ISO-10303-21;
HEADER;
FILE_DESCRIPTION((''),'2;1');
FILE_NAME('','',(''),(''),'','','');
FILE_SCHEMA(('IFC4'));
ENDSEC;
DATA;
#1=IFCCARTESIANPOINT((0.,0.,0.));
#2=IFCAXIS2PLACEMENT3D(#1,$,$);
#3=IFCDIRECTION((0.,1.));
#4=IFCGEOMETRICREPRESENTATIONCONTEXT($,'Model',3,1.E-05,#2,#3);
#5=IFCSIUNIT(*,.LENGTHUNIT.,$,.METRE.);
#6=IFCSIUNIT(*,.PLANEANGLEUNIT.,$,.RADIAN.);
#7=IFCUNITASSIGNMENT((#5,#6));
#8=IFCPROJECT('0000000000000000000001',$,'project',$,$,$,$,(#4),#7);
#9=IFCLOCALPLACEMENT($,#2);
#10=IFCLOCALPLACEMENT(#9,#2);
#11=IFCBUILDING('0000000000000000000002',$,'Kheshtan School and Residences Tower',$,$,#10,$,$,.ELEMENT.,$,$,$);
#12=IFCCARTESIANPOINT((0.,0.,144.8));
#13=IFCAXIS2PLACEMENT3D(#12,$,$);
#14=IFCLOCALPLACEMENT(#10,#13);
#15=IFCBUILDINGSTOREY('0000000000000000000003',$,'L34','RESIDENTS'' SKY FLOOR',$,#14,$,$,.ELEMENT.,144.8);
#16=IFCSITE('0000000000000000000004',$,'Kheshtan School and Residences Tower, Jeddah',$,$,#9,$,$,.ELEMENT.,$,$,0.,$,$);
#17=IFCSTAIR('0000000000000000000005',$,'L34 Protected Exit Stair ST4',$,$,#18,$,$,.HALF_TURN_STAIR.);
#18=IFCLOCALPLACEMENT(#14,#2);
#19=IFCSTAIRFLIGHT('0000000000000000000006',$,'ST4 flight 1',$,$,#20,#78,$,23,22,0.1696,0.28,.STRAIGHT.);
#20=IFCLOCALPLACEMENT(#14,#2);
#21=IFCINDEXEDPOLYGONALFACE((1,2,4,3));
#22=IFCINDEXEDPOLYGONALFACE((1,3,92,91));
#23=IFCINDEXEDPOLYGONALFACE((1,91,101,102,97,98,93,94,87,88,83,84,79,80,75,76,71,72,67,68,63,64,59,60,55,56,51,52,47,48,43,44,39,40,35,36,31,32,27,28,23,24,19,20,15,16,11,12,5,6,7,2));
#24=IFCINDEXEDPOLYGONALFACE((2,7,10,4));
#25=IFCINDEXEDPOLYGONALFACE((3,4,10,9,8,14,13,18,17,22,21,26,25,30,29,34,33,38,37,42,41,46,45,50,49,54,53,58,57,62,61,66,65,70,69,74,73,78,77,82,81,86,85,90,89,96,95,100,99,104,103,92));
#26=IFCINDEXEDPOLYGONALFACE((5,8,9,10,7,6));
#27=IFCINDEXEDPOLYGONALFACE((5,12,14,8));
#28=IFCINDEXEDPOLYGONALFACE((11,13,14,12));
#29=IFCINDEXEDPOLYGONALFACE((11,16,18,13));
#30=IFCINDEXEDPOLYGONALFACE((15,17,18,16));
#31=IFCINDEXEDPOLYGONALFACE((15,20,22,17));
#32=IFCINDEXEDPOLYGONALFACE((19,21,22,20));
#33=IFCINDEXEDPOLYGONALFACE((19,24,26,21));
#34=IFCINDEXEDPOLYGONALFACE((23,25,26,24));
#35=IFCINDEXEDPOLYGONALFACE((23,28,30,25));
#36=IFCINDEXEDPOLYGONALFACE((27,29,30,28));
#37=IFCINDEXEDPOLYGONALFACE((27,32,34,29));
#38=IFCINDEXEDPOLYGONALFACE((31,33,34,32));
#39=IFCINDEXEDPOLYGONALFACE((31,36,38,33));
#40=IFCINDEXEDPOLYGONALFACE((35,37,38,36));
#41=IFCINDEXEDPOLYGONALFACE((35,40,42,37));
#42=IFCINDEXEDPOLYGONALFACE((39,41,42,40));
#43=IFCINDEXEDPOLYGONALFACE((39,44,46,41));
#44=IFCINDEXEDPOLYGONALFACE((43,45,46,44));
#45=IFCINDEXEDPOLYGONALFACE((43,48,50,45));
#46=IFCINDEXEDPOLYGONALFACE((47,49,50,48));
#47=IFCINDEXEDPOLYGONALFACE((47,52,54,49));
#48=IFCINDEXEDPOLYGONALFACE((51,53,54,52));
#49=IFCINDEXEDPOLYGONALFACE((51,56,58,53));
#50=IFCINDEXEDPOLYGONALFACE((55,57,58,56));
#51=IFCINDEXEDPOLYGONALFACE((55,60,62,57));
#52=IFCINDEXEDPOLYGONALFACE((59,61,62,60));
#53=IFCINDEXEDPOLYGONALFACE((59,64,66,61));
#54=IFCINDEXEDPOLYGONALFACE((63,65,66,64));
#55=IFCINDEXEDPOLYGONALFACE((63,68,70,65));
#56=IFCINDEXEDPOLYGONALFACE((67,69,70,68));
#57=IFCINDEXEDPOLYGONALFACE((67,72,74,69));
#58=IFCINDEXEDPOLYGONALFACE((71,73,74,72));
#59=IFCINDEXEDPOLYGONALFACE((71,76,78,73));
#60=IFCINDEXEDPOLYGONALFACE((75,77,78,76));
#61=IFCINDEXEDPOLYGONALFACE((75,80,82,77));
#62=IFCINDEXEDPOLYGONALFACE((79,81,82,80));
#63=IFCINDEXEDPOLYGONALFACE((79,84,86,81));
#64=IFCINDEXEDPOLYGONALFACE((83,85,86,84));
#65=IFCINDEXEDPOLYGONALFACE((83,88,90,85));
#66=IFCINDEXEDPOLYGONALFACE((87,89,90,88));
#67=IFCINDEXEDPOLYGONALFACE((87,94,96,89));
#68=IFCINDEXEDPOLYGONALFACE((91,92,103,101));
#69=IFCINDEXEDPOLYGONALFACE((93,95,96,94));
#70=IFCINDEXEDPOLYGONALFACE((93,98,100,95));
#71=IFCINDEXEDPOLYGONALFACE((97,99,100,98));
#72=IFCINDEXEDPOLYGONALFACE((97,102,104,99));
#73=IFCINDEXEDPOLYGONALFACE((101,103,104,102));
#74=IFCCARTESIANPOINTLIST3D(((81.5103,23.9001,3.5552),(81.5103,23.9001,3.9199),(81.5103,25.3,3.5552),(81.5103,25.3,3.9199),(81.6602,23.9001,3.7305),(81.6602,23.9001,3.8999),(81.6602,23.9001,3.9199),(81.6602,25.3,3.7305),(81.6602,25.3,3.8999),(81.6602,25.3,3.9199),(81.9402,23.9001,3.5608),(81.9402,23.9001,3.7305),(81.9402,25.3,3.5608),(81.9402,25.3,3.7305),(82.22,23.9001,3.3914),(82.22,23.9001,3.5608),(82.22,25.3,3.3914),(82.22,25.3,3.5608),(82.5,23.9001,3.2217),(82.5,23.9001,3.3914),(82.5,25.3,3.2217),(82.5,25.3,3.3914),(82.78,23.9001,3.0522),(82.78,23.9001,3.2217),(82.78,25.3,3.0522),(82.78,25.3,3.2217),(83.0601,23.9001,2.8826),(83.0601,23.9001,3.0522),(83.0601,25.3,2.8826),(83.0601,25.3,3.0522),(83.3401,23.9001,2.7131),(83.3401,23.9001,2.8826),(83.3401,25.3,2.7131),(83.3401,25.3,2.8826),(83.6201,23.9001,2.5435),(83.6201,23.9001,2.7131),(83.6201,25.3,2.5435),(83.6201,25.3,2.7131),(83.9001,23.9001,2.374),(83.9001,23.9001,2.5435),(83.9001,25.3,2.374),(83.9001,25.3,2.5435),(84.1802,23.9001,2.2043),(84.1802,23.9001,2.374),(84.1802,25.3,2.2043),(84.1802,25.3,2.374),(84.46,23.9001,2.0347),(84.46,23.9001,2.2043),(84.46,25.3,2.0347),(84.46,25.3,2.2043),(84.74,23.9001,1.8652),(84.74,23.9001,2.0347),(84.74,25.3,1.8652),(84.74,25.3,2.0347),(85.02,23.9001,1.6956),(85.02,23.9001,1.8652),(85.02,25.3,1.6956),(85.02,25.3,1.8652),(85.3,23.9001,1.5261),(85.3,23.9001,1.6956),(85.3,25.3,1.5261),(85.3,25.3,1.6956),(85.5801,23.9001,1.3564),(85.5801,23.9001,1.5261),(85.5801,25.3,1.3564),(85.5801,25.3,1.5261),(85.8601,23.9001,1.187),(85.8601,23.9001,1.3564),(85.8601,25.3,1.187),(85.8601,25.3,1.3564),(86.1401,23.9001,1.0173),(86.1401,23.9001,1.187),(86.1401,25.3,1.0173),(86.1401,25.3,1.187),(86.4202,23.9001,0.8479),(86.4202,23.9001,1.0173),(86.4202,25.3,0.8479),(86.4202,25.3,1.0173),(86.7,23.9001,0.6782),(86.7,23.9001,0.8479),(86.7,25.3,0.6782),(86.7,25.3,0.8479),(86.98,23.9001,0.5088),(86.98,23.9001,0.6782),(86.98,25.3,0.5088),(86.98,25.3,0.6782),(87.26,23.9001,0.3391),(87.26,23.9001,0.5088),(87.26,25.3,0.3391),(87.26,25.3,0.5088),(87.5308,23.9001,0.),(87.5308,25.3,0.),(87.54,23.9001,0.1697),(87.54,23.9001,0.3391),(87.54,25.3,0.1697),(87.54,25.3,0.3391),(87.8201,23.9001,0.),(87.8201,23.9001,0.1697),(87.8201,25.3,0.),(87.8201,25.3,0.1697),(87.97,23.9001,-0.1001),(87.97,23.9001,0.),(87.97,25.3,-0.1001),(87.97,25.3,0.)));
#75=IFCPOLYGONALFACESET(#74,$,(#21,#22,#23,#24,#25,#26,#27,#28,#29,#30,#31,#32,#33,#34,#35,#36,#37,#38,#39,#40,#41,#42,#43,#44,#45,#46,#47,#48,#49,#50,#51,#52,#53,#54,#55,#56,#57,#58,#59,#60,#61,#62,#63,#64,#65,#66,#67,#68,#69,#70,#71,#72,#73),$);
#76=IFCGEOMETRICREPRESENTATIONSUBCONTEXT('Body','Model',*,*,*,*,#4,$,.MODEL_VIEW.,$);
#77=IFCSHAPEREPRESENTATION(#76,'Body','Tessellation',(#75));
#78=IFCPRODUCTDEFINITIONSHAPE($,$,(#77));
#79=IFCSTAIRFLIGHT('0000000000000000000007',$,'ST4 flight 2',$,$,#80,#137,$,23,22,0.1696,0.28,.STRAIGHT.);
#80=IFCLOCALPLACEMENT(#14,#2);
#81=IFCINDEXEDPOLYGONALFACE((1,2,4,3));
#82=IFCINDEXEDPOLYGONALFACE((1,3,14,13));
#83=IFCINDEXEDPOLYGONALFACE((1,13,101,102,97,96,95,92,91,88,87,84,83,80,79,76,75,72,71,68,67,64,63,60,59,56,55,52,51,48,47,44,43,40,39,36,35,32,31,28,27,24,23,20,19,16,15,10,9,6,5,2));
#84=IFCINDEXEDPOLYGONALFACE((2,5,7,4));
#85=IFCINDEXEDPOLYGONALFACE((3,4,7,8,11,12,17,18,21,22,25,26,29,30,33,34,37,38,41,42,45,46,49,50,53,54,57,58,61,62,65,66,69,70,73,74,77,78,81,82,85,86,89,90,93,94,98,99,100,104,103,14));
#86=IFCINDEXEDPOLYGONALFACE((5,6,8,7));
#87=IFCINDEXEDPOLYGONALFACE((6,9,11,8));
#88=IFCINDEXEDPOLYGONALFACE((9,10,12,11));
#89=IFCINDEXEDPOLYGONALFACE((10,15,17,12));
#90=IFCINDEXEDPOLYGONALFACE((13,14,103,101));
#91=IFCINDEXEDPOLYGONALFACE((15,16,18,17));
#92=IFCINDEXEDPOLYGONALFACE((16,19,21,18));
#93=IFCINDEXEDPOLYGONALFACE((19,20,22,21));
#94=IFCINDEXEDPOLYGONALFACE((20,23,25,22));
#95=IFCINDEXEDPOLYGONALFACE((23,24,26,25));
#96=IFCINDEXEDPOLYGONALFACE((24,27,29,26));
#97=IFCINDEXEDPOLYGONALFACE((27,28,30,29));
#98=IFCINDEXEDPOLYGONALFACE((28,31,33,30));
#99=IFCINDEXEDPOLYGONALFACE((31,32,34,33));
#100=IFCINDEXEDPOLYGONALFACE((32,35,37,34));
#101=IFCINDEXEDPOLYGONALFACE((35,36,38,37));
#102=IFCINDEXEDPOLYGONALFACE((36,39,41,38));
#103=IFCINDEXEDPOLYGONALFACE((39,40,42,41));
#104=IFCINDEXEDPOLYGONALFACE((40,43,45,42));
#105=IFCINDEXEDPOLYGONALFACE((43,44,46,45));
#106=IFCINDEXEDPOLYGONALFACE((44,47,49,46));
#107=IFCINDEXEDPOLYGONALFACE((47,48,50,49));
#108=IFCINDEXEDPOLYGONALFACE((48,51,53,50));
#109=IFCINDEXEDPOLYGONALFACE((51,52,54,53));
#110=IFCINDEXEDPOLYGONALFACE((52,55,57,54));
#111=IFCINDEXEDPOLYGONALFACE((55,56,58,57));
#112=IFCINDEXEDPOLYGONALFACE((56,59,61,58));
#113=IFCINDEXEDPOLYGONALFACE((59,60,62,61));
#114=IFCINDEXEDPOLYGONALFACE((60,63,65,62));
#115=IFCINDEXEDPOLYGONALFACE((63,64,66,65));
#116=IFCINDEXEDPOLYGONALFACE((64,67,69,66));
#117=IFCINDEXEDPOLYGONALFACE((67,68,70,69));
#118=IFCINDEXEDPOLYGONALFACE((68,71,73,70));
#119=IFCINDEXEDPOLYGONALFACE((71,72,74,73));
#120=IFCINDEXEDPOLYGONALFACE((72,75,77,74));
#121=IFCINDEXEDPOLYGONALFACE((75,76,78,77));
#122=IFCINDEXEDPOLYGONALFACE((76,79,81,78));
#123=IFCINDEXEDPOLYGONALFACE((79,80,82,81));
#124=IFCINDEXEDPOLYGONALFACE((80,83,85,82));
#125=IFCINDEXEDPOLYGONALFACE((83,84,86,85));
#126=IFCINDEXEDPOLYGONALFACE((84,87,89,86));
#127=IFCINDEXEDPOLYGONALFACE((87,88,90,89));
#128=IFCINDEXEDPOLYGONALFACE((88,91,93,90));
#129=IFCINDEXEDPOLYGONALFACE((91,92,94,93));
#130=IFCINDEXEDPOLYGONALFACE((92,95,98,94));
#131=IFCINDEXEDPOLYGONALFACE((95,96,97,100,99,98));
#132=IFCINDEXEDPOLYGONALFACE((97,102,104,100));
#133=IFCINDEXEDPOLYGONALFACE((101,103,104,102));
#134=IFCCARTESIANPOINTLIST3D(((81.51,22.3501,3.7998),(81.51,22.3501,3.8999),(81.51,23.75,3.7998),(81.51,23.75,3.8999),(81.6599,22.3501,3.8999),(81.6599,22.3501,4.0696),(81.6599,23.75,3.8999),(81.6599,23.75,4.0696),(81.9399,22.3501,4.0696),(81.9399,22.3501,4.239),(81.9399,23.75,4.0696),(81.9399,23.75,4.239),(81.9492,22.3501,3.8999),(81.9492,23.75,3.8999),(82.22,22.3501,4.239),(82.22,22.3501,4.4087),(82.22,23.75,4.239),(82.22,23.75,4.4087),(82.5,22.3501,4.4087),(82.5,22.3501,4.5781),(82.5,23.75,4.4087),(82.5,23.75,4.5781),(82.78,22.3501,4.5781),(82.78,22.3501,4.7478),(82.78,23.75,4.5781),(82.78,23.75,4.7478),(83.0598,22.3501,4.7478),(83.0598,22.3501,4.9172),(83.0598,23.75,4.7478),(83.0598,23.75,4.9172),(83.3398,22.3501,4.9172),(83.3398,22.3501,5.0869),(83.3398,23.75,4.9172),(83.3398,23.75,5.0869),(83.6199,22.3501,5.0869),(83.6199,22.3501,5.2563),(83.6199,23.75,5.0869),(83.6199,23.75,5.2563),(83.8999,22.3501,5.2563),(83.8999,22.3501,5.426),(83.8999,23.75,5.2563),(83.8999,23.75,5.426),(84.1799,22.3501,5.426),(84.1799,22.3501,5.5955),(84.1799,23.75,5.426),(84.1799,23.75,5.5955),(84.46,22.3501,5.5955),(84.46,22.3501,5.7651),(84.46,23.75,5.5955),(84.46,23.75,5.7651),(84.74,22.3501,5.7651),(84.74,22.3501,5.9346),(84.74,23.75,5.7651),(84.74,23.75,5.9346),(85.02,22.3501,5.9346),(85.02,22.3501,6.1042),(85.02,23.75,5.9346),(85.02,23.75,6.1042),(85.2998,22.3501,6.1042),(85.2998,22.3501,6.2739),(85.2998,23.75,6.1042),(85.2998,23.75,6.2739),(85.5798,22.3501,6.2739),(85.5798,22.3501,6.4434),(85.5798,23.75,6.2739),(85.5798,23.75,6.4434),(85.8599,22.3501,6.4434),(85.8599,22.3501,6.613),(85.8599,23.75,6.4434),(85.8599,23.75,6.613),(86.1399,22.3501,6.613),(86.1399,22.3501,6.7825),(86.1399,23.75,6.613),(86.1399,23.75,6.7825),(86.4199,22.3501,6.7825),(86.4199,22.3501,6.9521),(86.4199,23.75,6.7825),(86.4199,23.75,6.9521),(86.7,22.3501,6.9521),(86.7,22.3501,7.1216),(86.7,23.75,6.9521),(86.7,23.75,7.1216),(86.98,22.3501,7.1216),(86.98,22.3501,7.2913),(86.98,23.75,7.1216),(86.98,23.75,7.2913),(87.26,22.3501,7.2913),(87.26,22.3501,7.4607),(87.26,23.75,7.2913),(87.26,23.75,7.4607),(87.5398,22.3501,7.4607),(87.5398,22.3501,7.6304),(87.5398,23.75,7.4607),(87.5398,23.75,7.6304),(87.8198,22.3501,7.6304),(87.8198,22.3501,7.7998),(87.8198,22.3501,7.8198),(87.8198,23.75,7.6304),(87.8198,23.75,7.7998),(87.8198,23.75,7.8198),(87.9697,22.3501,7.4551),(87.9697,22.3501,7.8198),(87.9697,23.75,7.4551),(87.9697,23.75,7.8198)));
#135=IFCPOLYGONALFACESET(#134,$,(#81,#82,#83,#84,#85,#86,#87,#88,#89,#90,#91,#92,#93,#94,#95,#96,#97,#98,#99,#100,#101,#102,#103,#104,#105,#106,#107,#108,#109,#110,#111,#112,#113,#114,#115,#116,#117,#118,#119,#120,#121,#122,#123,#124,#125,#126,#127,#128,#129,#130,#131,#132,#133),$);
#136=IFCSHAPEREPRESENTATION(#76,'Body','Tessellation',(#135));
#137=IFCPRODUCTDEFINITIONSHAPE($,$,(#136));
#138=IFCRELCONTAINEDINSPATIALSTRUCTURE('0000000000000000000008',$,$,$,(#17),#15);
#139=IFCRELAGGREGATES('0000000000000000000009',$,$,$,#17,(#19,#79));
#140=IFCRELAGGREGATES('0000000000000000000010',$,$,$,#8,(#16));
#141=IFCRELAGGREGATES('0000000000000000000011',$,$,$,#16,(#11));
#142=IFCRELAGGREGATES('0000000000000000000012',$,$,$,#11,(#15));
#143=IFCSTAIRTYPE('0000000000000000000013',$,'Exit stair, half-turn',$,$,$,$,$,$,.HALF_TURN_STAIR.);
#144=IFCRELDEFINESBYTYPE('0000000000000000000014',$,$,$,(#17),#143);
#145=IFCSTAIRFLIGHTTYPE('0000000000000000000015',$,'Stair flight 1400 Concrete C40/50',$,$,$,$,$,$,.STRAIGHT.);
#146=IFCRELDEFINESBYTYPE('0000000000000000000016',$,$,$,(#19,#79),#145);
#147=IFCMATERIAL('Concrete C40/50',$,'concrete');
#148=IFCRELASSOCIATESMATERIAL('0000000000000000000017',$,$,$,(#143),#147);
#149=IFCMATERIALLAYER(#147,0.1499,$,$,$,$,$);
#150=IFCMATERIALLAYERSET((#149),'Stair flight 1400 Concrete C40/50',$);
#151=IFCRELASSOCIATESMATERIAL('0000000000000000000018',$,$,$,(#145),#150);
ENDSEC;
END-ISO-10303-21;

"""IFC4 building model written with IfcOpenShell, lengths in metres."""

from ifc_helpers import new_model, si_unit, direction, frame, origin, place, context, subcontext, project, spatial, polyline, outline, extrude, material, layer, layer_set, type_object, element, aggregate, save


model = new_model("IFC4")

# Units and contexts
model_context = context("Model", 3, precision=1e-05, world=origin(), true_north=direction((0.0, 1.0)))
body_context = subcontext(model_context, "Body", "Model", "MODEL_VIEW")
ifc_project = project(units=[si_unit("LENGTHUNIT", "METRE"), si_unit("PLANEANGLEUNIT", "RADIAN")], contexts=[model_context])

# Site, building, storey
site_placement = place(None, origin())
site = spatial("IfcSite", under=ifc_project, at=site_placement, Name="Kheshtan School and Residences Tower, Jeddah", CompositionType="ELEMENT", RefElevation=0.0)
building_placement = place(site_placement, origin())
building = spatial("IfcBuilding", under=site, at=building_placement, Name="Kheshtan School and Residences Tower", CompositionType="ELEMENT")
storey_placement = place(building_placement, frame((0.0, 0.0, 144.8)))
storey = spatial("IfcBuildingStorey", under=building, at=storey_placement, Name="L34", Description="RESIDENTS' SKY FLOOR", CompositionType="ELEMENT", Elevation=144.8)

# Shared definitions
ifc_material_1 = material(Name="Concrete C40/50", Category="concrete")

# Stair, stair flights
stair_type = type_object("IfcStairType", Name="Exit stair, half-turn", PredefinedType="HALF_TURN_STAIR", material=ifc_material_1)
stair_placement = place(storey_placement, origin())
stair = element("IfcStair", 1, at=stair_placement, inside=storey, type_object=stair_type, Name="L34 Protected Exit Stair ST4", PredefinedType="HALF_TURN_STAIR")
ifc_layer_1 = layer(ifc_material_1, 0.1499)
ifc_layer_set_1 = layer_set([ifc_layer_1], Name="Stair flight 1400 Concrete C40/50")
stair_flight_type = type_object("IfcStairFlightType", Name="Stair flight 1400 Concrete C40/50", PredefinedType="STRAIGHT", material=ifc_layer_set_1)
stair_flight_1_placement = place(storey_placement, frame((87.8201, 24.6001, 0.0), z_axis=(0.0, 0.0, 1.0), x_axis=(-1.0, 0.0, 0.0)))
stair_flight_1 = element("IfcStairFlight", 2, at=stair_flight_1_placement, type_object=stair_flight_type, Name="ST4 flight 1", NumberOfRisers=23, NumberOfTreads=22, PredefinedType="STRAIGHT", RiserHeight=0.1696, TreadLength=0.28, context=body_context, shape_type="SweptSolid", body=[
    extrude(outline(polyline([(-0.1499, -0.1001), (-0.1499, 0.0), (0.0, 0.0), (0.0, 0.1697), (0.28, 0.1697), (0.28, 0.3391), (0.5601, 0.3391), (0.5601, 0.5088), (0.8401, 0.5088), (0.8401, 0.6782), (1.1201, 0.6782), (1.1201, 0.8479), (1.3999, 0.8479), (1.3999, 1.0173), (1.6799, 1.0173), (1.6799, 1.187), (1.96, 1.187), (1.96, 1.3564), (2.24, 1.3564), (2.24, 1.5261), (2.52, 1.5261), (2.52, 1.6956), (2.8, 1.6956), (2.8, 1.8652), (3.0801, 1.8652), (3.0801, 2.0347), (3.3601, 2.0347), (3.3601, 2.2043), (3.6399, 2.2043), (3.6399, 2.374), (3.9199, 2.374), (3.9199, 2.5435), (4.2, 2.5435), (4.2, 2.7131), (4.48, 2.7131), (4.48, 2.8826), (4.76, 2.8826), (4.76, 3.0522), (5.04, 3.0522), (5.04, 3.2217), (5.3201, 3.2217), (5.3201, 3.3914), (5.6001, 3.3914), (5.6001, 3.5608), (5.8799, 3.5608), (5.8799, 3.7305), (6.1599, 3.7305), (6.1599, 3.8999), (6.1599, 3.9199), (6.3098, 3.9199), (6.3098, 3.5552), (0.2893, 0.0), (-0.1499, -0.1001)])), frame((0.0, 0.7, 0.0), z_axis=(0.0, -1.0, 0.0), x_axis=(1.0, 0.0, 0.0)), (0.0, 0.0, 1.0), 1.3999),
])
stair_flight_2_placement = place(storey_placement, frame((81.6599, 23.05, 3.8999), z_axis=(0.0, 0.0, 1.0), x_axis=(1.0, 0.0, 0.0)))
stair_flight_2 = element("IfcStairFlight", 3, at=stair_flight_2_placement, type_object=stair_flight_type, Name="ST4 flight 2", NumberOfRisers=23, NumberOfTreads=22, PredefinedType="STRAIGHT", RiserHeight=0.1696, TreadLength=0.28, context=body_context, shape_type="SweptSolid", body=[
    extrude(outline(polyline([(-0.1499, -0.1001), (-0.1499, 0.0), (0.0, 0.0), (0.0, 0.1697), (0.28, 0.1697), (0.28, 0.3391), (0.5601, 0.3391), (0.5601, 0.5088), (0.8401, 0.5088), (0.8401, 0.6782), (1.1201, 0.6782), (1.1201, 0.8479), (1.3999, 0.8479), (1.3999, 1.0173), (1.6799, 1.0173), (1.6799, 1.187), (1.96, 1.187), (1.96, 1.3564), (2.24, 1.3564), (2.24, 1.5261), (2.52, 1.5261), (2.52, 1.6956), (2.8, 1.6956), (2.8, 1.8652), (3.0801, 1.8652), (3.0801, 2.0347), (3.3601, 2.0347), (3.3601, 2.2043), (3.6399, 2.2043), (3.6399, 2.374), (3.9199, 2.374), (3.9199, 2.5435), (4.2, 2.5435), (4.2, 2.7131), (4.48, 2.7131), (4.48, 2.8826), (4.76, 2.8826), (4.76, 3.0522), (5.04, 3.0522), (5.04, 3.2217), (5.3201, 3.2217), (5.3201, 3.3914), (5.6001, 3.3914), (5.6001, 3.5608), (5.8799, 3.5608), (5.8799, 3.7305), (6.1599, 3.7305), (6.1599, 3.8999), (6.1599, 3.9199), (6.3098, 3.9199), (6.3098, 3.5552), (0.2893, 0.0), (-0.1499, -0.1001)])), frame((0.0, 0.7, 0.0), z_axis=(0.0, -1.0, 0.0), x_axis=(1.0, 0.0, 0.0)), (0.0, 0.0, 1.0), 1.3999),
])
aggregate(stair, [stair_flight_1, stair_flight_2])

save(model, "model.ifc")
